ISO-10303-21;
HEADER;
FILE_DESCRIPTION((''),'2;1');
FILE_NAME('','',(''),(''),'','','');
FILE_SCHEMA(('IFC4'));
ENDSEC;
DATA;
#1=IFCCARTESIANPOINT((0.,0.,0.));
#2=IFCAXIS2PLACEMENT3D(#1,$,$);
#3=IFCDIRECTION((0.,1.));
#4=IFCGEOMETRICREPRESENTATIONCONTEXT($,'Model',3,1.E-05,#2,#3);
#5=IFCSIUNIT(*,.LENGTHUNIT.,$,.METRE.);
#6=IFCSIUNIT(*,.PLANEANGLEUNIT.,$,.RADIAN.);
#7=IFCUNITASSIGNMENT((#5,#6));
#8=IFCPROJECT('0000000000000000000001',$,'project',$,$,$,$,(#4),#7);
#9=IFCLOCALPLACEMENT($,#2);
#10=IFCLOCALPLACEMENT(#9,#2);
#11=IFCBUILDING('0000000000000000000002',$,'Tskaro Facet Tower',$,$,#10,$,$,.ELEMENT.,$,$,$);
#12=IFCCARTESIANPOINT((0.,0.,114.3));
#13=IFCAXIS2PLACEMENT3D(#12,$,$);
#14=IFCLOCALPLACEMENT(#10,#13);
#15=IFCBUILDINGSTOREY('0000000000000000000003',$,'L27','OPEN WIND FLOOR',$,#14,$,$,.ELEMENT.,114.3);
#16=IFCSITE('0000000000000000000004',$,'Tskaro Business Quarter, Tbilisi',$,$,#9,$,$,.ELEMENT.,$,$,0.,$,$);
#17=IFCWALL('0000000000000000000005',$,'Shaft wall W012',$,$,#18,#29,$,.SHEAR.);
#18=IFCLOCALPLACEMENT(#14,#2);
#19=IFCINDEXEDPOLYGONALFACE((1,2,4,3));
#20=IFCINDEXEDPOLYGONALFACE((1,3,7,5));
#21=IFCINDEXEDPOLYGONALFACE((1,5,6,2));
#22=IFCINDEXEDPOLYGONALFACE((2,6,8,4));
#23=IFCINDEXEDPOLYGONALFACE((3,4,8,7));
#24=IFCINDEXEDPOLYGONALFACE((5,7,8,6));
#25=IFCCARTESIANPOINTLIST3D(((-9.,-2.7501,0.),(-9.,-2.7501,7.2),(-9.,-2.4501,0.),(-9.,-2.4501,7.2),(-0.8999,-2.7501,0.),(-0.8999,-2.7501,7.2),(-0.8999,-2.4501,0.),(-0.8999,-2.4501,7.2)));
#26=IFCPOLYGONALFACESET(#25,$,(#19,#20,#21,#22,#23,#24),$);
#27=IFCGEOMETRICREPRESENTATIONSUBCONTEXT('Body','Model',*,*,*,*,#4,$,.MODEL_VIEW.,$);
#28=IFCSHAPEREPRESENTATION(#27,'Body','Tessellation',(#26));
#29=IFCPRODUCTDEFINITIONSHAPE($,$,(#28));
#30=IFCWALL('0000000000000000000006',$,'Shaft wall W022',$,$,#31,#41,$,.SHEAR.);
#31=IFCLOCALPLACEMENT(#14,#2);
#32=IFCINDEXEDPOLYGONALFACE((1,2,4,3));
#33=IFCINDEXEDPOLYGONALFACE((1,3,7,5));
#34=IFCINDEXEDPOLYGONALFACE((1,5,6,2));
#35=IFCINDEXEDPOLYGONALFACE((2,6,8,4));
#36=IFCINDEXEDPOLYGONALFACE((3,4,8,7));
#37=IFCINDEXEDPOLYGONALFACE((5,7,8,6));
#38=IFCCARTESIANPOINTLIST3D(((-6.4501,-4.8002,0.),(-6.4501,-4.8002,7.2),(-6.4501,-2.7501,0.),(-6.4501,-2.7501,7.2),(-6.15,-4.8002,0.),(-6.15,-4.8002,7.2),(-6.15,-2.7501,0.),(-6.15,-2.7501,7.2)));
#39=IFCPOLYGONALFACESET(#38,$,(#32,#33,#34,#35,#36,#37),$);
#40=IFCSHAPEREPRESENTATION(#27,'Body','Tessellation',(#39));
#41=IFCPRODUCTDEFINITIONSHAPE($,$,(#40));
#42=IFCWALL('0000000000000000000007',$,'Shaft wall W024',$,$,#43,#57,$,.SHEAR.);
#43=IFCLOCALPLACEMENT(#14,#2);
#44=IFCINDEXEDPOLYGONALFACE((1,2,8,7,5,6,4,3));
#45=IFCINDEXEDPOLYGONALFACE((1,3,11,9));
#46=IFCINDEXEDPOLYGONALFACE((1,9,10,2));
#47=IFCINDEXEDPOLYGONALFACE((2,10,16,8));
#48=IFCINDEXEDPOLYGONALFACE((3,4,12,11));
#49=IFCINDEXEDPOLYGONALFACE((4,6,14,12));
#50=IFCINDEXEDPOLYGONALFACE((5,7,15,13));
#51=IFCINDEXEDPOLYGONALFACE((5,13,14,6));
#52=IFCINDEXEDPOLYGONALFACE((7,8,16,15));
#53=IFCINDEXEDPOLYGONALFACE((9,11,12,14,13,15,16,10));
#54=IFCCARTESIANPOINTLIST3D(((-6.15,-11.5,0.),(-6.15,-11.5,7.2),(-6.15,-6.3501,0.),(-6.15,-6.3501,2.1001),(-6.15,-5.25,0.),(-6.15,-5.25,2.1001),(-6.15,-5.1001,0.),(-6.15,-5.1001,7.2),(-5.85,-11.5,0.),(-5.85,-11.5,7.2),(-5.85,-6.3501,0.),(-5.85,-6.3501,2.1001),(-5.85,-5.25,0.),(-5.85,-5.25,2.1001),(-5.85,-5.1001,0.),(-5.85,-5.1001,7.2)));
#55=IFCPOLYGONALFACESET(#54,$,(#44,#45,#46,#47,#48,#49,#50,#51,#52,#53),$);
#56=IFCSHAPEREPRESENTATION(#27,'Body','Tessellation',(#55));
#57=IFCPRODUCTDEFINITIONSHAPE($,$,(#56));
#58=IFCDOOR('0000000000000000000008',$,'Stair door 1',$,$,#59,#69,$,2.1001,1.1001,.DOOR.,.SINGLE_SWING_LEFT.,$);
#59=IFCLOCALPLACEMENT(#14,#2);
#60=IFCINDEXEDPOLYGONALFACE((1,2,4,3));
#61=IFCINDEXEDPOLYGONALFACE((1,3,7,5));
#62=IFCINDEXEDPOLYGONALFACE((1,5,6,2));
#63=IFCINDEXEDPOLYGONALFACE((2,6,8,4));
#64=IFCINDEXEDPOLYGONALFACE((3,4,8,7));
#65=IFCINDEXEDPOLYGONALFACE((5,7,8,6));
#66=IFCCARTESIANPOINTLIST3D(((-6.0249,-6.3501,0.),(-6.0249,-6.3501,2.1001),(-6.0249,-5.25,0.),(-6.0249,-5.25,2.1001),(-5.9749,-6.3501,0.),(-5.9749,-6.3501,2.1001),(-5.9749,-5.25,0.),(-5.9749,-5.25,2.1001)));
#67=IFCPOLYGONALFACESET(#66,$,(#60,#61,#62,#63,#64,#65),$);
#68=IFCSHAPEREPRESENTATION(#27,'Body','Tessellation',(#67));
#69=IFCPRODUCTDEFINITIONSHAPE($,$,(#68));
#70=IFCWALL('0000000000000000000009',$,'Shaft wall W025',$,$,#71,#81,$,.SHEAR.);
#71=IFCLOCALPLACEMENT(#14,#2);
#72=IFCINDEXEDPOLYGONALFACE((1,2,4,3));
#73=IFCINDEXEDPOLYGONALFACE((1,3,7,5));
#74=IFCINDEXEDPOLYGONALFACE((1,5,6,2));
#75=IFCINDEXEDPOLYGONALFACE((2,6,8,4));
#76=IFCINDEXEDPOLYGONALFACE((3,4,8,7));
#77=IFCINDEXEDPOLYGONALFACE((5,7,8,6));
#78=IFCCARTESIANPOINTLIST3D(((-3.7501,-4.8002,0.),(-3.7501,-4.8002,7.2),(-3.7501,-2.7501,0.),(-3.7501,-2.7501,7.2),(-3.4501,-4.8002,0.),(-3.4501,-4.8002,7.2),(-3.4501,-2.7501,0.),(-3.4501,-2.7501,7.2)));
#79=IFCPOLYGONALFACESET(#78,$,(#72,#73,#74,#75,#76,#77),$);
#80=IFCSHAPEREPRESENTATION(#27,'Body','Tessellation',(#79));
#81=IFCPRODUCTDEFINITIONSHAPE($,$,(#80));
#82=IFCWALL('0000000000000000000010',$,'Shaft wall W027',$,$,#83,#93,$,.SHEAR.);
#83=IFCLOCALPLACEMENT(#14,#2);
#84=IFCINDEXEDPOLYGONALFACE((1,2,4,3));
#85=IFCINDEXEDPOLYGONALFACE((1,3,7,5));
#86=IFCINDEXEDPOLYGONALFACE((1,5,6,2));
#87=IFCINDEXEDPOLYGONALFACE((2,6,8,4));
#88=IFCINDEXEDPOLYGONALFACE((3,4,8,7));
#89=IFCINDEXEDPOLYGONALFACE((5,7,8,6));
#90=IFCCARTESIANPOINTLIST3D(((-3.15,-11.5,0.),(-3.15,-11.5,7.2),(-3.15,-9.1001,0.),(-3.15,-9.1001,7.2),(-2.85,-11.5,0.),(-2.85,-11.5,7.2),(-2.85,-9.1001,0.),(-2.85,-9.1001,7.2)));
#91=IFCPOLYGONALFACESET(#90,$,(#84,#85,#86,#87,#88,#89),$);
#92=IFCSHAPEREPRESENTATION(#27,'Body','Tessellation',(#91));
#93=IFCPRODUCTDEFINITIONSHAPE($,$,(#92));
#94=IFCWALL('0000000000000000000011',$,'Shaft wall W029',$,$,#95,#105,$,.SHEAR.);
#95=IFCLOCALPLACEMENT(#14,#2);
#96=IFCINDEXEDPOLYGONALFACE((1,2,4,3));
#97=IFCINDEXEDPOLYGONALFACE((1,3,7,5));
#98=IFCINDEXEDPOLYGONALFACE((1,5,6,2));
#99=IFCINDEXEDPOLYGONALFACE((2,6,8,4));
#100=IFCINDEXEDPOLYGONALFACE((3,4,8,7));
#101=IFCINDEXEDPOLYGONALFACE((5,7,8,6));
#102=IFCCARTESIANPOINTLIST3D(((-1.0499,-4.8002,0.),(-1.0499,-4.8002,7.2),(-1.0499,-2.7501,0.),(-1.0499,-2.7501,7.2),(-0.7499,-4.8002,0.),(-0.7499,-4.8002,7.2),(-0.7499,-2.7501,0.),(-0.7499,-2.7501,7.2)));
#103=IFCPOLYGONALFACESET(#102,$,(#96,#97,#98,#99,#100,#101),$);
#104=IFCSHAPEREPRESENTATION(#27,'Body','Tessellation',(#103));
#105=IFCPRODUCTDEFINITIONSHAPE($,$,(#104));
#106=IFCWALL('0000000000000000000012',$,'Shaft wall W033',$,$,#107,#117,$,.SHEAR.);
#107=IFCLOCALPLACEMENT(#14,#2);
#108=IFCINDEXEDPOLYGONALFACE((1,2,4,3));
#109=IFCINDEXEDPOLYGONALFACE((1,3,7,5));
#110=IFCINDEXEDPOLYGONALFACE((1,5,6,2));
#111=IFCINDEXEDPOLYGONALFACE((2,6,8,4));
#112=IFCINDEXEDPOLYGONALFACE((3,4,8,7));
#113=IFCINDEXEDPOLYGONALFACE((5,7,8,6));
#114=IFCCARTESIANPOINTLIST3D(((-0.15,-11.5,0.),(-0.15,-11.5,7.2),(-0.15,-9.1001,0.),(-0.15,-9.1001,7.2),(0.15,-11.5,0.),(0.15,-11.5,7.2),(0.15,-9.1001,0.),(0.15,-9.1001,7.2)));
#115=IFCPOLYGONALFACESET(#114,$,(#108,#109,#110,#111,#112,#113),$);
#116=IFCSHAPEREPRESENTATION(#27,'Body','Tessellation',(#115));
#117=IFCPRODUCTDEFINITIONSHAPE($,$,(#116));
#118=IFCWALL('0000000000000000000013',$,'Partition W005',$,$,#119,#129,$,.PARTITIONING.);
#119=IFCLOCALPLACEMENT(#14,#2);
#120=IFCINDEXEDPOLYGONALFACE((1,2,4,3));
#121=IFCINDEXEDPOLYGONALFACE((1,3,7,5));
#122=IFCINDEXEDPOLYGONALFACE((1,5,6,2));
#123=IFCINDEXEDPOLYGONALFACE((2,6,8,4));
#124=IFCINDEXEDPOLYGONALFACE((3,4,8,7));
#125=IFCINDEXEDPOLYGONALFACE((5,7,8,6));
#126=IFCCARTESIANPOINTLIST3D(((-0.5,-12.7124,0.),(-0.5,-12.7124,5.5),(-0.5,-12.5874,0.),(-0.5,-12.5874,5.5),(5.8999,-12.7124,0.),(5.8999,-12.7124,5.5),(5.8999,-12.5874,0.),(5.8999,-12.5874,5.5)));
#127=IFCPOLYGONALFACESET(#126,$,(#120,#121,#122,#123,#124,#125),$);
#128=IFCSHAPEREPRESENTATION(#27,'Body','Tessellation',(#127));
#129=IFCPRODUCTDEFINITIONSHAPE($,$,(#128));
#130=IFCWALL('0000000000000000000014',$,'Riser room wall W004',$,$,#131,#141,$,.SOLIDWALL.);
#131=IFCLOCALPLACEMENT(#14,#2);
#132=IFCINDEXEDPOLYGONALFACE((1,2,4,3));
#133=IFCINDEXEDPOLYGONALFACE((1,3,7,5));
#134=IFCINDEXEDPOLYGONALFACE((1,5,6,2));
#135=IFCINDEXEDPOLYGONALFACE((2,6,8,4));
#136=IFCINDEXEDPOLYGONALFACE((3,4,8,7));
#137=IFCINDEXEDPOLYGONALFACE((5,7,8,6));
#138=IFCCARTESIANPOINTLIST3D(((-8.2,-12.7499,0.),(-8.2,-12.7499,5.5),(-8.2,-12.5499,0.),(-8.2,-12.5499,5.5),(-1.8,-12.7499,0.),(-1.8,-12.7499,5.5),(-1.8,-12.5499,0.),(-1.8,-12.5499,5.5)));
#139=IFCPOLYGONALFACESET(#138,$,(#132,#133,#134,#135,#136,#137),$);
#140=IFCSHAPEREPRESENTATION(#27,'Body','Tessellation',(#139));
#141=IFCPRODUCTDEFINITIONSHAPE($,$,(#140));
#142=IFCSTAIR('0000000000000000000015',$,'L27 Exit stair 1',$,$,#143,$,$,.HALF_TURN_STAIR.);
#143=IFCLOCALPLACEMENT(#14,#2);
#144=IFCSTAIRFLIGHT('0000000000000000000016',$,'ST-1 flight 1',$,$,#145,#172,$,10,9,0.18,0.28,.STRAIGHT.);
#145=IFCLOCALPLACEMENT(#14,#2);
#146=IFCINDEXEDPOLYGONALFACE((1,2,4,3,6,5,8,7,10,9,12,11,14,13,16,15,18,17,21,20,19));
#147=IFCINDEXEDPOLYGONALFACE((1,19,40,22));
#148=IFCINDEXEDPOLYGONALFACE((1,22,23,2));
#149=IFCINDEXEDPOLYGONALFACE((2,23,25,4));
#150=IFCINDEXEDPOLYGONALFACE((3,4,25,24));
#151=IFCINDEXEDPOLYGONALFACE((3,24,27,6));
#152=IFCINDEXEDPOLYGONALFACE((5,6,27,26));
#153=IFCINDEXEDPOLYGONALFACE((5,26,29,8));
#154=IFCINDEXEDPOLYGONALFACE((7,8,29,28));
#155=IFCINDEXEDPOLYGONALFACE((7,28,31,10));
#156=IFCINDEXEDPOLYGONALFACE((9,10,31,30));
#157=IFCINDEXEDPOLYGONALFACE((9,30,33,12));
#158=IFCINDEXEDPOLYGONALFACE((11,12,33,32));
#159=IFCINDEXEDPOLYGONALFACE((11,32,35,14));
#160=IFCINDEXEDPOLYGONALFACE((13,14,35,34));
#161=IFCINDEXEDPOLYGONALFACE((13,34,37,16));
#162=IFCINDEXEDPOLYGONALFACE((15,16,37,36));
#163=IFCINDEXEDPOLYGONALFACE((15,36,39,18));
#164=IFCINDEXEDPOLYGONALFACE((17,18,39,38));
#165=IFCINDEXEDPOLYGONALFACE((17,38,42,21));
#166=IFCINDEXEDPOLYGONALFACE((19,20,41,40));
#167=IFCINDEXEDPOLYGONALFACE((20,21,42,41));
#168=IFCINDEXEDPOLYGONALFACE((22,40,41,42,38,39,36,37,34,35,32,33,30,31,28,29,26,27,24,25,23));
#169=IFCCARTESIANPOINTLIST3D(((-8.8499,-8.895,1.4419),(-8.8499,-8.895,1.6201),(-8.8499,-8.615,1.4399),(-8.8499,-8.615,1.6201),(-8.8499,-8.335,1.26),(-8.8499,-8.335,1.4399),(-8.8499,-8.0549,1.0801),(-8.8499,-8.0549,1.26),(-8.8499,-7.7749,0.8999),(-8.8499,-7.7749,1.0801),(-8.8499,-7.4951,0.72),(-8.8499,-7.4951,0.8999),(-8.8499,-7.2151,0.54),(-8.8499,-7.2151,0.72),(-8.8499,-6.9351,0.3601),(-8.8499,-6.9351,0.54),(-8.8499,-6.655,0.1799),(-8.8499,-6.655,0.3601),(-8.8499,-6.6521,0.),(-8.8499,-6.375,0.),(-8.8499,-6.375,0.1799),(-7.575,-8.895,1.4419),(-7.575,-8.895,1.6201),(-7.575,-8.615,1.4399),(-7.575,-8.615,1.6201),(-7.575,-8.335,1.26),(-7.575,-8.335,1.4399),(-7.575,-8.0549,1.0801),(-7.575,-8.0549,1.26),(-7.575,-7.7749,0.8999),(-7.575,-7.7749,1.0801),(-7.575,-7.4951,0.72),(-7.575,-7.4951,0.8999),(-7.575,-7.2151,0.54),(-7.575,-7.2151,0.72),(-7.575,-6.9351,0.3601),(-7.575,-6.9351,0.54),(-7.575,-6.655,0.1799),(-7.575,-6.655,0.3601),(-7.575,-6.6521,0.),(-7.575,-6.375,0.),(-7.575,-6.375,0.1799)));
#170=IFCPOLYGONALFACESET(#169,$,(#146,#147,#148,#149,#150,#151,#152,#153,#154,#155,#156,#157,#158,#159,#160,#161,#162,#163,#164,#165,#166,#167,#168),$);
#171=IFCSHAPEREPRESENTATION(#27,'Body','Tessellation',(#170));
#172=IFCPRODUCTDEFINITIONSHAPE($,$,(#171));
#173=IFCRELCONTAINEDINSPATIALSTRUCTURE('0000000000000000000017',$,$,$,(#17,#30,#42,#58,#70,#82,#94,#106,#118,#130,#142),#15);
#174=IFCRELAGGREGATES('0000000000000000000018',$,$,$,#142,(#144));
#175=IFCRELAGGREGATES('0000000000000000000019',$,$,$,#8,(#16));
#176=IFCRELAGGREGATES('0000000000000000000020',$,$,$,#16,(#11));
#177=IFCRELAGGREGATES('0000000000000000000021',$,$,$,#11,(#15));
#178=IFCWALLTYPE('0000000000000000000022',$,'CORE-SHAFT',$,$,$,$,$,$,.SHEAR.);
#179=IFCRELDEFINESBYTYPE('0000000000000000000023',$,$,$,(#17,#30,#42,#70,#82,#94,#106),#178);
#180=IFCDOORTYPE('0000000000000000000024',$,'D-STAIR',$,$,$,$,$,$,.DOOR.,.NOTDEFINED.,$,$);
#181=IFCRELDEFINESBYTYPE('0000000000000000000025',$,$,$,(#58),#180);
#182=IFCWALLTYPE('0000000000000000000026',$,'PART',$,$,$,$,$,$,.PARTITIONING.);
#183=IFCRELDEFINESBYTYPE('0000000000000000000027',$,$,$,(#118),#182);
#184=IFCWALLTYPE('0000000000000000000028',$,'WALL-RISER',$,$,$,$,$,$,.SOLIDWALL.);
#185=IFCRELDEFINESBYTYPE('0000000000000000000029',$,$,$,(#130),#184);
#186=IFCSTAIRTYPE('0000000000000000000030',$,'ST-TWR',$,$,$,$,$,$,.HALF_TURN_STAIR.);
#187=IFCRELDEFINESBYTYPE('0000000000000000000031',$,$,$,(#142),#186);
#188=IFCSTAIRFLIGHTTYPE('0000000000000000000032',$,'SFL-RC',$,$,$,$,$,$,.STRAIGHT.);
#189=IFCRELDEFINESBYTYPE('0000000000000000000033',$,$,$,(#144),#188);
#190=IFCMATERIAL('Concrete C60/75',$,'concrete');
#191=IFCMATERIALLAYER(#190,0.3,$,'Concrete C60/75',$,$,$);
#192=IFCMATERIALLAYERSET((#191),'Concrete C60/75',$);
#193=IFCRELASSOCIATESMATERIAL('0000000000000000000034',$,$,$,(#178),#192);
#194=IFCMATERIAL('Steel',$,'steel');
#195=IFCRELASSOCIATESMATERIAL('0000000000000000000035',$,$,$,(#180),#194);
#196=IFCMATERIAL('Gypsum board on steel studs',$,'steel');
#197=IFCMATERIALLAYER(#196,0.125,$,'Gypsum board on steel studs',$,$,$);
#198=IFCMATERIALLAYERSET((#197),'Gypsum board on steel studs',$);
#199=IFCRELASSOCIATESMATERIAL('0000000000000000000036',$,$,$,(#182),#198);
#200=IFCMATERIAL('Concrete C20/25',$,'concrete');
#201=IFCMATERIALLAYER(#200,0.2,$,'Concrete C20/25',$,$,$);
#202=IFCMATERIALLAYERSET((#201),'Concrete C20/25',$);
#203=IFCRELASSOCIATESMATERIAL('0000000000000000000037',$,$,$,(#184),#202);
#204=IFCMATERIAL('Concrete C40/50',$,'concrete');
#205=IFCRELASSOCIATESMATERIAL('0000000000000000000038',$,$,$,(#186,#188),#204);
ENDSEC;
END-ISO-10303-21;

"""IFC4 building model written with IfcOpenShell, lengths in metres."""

from ifc_helpers import new_model, si_unit, direction, frame, frame_2d, origin, place, context, subcontext, project, spatial, polyline, rectangle, outline, extrude, material, layer, layer_set, type_object, element, fill, aggregate, save


model = new_model("IFC4")

# Units and contexts
model_context = context("Model", 3, precision=1e-05, world=origin(), true_north=direction((0.0, 1.0)))
body_context = subcontext(model_context, "Body", "Model", "MODEL_VIEW")
ifc_project = project(units=[si_unit("LENGTHUNIT", "METRE"), si_unit("PLANEANGLEUNIT", "RADIAN")], contexts=[model_context])

# Site, building, storey
site_placement = place(None, origin())
site = spatial("IfcSite", under=ifc_project, at=site_placement, Name="Tskaro Business Quarter, Tbilisi", CompositionType="ELEMENT", RefElevation=0.0)
building_placement = place(site_placement, origin())
building = spatial("IfcBuilding", under=site, at=building_placement, Name="Tskaro Facet Tower", CompositionType="ELEMENT")
storey_placement = place(building_placement, frame((0.0, 0.0, 114.3)))
storey = spatial("IfcBuildingStorey", under=building, at=storey_placement, Name="L27", Description="OPEN WIND FLOOR", CompositionType="ELEMENT", Elevation=114.3)

# Shared definitions
ifc_material_1 = material(Name="Concrete C60/75", Category="concrete")
ifc_layer_1 = layer(ifc_material_1, 0.3, Name="Concrete C60/75")
ifc_layer_set_1 = layer_set([ifc_layer_1], Name="Concrete C60/75")
wall_type_1 = type_object("IfcWallType", Name="CORE-SHAFT", PredefinedType="SHEAR", material=ifc_layer_set_1)

# Walls
wall_1_placement = place(storey_placement, frame((-9.0, -2.6001, 0.0), z_axis=(0.0, 0.0, 1.0), x_axis=(1.0, 0.0, 0.0)))
element("IfcWall", 1, at=wall_1_placement, inside=storey, type_object=wall_type_1, Name="Shaft wall W012", PredefinedType="SHEAR", context=body_context, shape_type="SweptSolid", body=[
    extrude(rectangle(XDim=8.1001, YDim=0.3, at=frame_2d((4.05, 0.0))), origin(), (0.0, 0.0, 1.0), 7.2),
])
wall_2_placement = place(storey_placement, frame((-6.3, -4.8, 0.0), z_axis=(0.0, 0.0, 1.0), x_axis=(0.0, 1.0, 0.0)))
element("IfcWall", 2, at=wall_2_placement, inside=storey, type_object=wall_type_1, Name="Shaft wall W022", PredefinedType="SHEAR", context=body_context, shape_type="SweptSolid", body=[
    extrude(rectangle(XDim=2.05, YDim=0.3, at=frame_2d((1.0249, 0.0))), origin(), (0.0, 0.0, 1.0), 7.2),
])

# Wall, opening, door
wall_3_placement = place(storey_placement, frame((-6.0, -11.5, 0.0), z_axis=(0.0, 0.0, 1.0), x_axis=(0.0, 1.0, 0.0)))
wall_3 = element("IfcWall", 3, at=wall_3_placement, inside=storey, type_object=wall_type_1, Name="Shaft wall W024", PredefinedType="SHEAR", context=body_context, shape_type="SweptSolid", body=[
    extrude(rectangle(XDim=6.3999, YDim=0.3, at=frame_2d((3.2, 0.0))), origin(), (0.0, 0.0, 1.0), 7.2),
])
opening_1_placement = place(wall_3_placement, frame((5.1499, 0.0, 0.0)))
opening_1 = element("IfcOpeningElement", 4, at=opening_1_placement, cuts=wall_3, PredefinedType="OPENING", context=body_context, shape_type="SweptSolid", body=[
    extrude(rectangle(XDim=1.1001, YDim=2.1001, at=frame_2d((0.55, 1.05))), frame((0.0, 0.1599, 0.0), z_axis=(0.0, -1.0, 0.0), x_axis=(1.0, 0.0, 0.0)), (0.0, 0.0, 1.0), 0.3201),
])
ifc_material_2 = material(Name="Steel", Category="steel")
door_type_1 = type_object("IfcDoorType", Name="D-STAIR", OperationType="NOTDEFINED", PredefinedType="DOOR", material=ifc_material_2)
door_1_placement = place(opening_1_placement, origin())
door_1 = element("IfcDoor", 5, at=door_1_placement, inside=storey, type_object=door_type_1, Name="Stair door 1", OperationType="SINGLE_SWING_LEFT", OverallHeight=2.1001, OverallWidth=1.1001, PredefinedType="DOOR", context=body_context, shape_type="SweptSolid", body=[
    extrude(rectangle(XDim=1.1001, YDim=2.1001, at=frame_2d((0.55, 1.05))), frame((0.0, 0.0249, 0.0), z_axis=(0.0, -1.0, 0.0), x_axis=(1.0, 0.0, 0.0)), (0.0, 0.0, 1.0), 0.05),
])
fill(opening_1, door_1)

# Walls
wall_4_placement = place(storey_placement, frame((-3.6001, -4.8, 0.0), z_axis=(0.0, 0.0, 1.0), x_axis=(0.0, 1.0, 0.0)))
element("IfcWall", 6, at=wall_4_placement, inside=storey, type_object=wall_type_1, Name="Shaft wall W025", PredefinedType="SHEAR", context=body_context, shape_type="SweptSolid", body=[
    extrude(rectangle(XDim=2.05, YDim=0.3, at=frame_2d((1.0249, 0.0))), origin(), (0.0, 0.0, 1.0), 7.2),
])
wall_5_placement = place(storey_placement, frame((-3.0, -11.5, 0.0), z_axis=(0.0, 0.0, 1.0), x_axis=(0.0, 1.0, 0.0)))
element("IfcWall", 7, at=wall_5_placement, inside=storey, type_object=wall_type_1, Name="Shaft wall W027", PredefinedType="SHEAR", context=body_context, shape_type="SweptSolid", body=[
    extrude(rectangle(XDim=2.3999, YDim=0.3, at=frame_2d((1.2, 0.0))), origin(), (0.0, 0.0, 1.0), 7.2),
])
wall_6_placement = place(storey_placement, frame((-0.8999, -4.8, 0.0), z_axis=(0.0, 0.0, 1.0), x_axis=(0.0, 1.0, 0.0)))
element("IfcWall", 8, at=wall_6_placement, inside=storey, type_object=wall_type_1, Name="Shaft wall W029", PredefinedType="SHEAR", context=body_context, shape_type="SweptSolid", body=[
    extrude(rectangle(XDim=2.05, YDim=0.3, at=frame_2d((1.0249, 0.0))), origin(), (0.0, 0.0, 1.0), 7.2),
])
wall_7_placement = place(storey_placement, frame((0.0, -11.5, 0.0), z_axis=(0.0, 0.0, 1.0), x_axis=(0.0, 1.0, 0.0)))
element("IfcWall", 9, at=wall_7_placement, inside=storey, type_object=wall_type_1, Name="Shaft wall W033", PredefinedType="SHEAR", context=body_context, shape_type="SweptSolid", body=[
    extrude(rectangle(XDim=2.3999, YDim=0.3, at=frame_2d((1.2, 0.0))), origin(), (0.0, 0.0, 1.0), 7.2),
])
ifc_material_3 = material(Name="Gypsum board on steel studs", Category="steel")
ifc_layer_2 = layer(ifc_material_3, 0.125, Name="Gypsum board on steel studs")
ifc_layer_set_2 = layer_set([ifc_layer_2], Name="Gypsum board on steel studs")
wall_type_2 = type_object("IfcWallType", Name="PART", PredefinedType="PARTITIONING", material=ifc_layer_set_2)
wall_8_placement = place(storey_placement, frame((-0.5, -12.6499, 0.0), z_axis=(0.0, 0.0, 1.0), x_axis=(1.0, 0.0, 0.0)))
element("IfcWall", 10, at=wall_8_placement, inside=storey, type_object=wall_type_2, Name="Partition W005", PredefinedType="PARTITIONING", context=body_context, shape_type="SweptSolid", body=[
    extrude(rectangle(XDim=6.3999, YDim=0.125, at=frame_2d((3.2, 0.0))), origin(), (0.0, 0.0, 1.0), 5.5),
])
ifc_material_4 = material(Name="Concrete C20/25", Category="concrete")
ifc_layer_3 = layer(ifc_material_4, 0.2, Name="Concrete C20/25")
ifc_layer_set_3 = layer_set([ifc_layer_3], Name="Concrete C20/25")
wall_type_3 = type_object("IfcWallType", Name="WALL-RISER", PredefinedType="SOLIDWALL", material=ifc_layer_set_3)
wall_9_placement = place(storey_placement, frame((-8.2, -12.6499, 0.0), z_axis=(0.0, 0.0, 1.0), x_axis=(1.0, 0.0, 0.0)))
element("IfcWall", 11, at=wall_9_placement, inside=storey, type_object=wall_type_3, Name="Riser room wall W004", PredefinedType="SOLIDWALL", context=body_context, shape_type="SweptSolid", body=[
    extrude(rectangle(XDim=6.3999, YDim=0.2, at=frame_2d((3.2, 0.0))), origin(), (0.0, 0.0, 1.0), 5.5),
])

# Stair, stair flight
ifc_material_5 = material(Name="Concrete C40/50", Category="concrete")
stair_type = type_object("IfcStairType", Name="ST-TWR", PredefinedType="HALF_TURN_STAIR", material=ifc_material_5)
stair_placement = place(storey_placement, origin())
stair = element("IfcStair", 12, at=stair_placement, inside=storey, type_object=stair_type, Name="L27 Exit stair 1", PredefinedType="HALF_TURN_STAIR")
stair_flight_type = type_object("IfcStairFlightType", Name="SFL-RC", PredefinedType="STRAIGHT", material=ifc_material_5)
stair_flight_1_placement = place(storey_placement, frame((-8.2124, -6.375, 0.0), z_axis=(0.0, 0.0, 1.0), x_axis=(0.0, -1.0, 0.0)))
stair_flight_1 = element("IfcStairFlight", 13, at=stair_flight_1_placement, type_object=stair_flight_type, Name="ST-1 flight 1", NumberOfRisers=10, NumberOfTreads=9, PredefinedType="STRAIGHT", RiserHeight=0.18, TreadLength=0.28, context=body_context, shape_type="SweptSolid", body=[
    extrude(outline(polyline([(0.0, 0.0), (0.0, 0.1799), (0.28, 0.1799), (0.28, 0.3601), (0.5601, 0.3601), (0.5601, 0.54), (0.8401, 0.54), (0.8401, 0.72), (1.1201, 0.72), (1.1201, 0.8999), (1.3999, 0.8999), (1.3999, 1.0801), (1.6799, 1.0801), (1.6799, 1.26), (1.96, 1.26), (1.96, 1.4399), (2.24, 1.4399), (2.24, 1.6201), (2.52, 1.6201), (2.52, 1.8), (2.52, 1.4419), (0.2771, 0.0), (0.0, 0.0)])), frame((0.0, 0.6375, 0.0), z_axis=(0.0, -1.0, 0.0), x_axis=(1.0, 0.0, 0.0)), (0.0, 0.0, 1.0), 1.2749),
])
aggregate(stair, [stair_flight_1])

save(model, "model.ifc")
